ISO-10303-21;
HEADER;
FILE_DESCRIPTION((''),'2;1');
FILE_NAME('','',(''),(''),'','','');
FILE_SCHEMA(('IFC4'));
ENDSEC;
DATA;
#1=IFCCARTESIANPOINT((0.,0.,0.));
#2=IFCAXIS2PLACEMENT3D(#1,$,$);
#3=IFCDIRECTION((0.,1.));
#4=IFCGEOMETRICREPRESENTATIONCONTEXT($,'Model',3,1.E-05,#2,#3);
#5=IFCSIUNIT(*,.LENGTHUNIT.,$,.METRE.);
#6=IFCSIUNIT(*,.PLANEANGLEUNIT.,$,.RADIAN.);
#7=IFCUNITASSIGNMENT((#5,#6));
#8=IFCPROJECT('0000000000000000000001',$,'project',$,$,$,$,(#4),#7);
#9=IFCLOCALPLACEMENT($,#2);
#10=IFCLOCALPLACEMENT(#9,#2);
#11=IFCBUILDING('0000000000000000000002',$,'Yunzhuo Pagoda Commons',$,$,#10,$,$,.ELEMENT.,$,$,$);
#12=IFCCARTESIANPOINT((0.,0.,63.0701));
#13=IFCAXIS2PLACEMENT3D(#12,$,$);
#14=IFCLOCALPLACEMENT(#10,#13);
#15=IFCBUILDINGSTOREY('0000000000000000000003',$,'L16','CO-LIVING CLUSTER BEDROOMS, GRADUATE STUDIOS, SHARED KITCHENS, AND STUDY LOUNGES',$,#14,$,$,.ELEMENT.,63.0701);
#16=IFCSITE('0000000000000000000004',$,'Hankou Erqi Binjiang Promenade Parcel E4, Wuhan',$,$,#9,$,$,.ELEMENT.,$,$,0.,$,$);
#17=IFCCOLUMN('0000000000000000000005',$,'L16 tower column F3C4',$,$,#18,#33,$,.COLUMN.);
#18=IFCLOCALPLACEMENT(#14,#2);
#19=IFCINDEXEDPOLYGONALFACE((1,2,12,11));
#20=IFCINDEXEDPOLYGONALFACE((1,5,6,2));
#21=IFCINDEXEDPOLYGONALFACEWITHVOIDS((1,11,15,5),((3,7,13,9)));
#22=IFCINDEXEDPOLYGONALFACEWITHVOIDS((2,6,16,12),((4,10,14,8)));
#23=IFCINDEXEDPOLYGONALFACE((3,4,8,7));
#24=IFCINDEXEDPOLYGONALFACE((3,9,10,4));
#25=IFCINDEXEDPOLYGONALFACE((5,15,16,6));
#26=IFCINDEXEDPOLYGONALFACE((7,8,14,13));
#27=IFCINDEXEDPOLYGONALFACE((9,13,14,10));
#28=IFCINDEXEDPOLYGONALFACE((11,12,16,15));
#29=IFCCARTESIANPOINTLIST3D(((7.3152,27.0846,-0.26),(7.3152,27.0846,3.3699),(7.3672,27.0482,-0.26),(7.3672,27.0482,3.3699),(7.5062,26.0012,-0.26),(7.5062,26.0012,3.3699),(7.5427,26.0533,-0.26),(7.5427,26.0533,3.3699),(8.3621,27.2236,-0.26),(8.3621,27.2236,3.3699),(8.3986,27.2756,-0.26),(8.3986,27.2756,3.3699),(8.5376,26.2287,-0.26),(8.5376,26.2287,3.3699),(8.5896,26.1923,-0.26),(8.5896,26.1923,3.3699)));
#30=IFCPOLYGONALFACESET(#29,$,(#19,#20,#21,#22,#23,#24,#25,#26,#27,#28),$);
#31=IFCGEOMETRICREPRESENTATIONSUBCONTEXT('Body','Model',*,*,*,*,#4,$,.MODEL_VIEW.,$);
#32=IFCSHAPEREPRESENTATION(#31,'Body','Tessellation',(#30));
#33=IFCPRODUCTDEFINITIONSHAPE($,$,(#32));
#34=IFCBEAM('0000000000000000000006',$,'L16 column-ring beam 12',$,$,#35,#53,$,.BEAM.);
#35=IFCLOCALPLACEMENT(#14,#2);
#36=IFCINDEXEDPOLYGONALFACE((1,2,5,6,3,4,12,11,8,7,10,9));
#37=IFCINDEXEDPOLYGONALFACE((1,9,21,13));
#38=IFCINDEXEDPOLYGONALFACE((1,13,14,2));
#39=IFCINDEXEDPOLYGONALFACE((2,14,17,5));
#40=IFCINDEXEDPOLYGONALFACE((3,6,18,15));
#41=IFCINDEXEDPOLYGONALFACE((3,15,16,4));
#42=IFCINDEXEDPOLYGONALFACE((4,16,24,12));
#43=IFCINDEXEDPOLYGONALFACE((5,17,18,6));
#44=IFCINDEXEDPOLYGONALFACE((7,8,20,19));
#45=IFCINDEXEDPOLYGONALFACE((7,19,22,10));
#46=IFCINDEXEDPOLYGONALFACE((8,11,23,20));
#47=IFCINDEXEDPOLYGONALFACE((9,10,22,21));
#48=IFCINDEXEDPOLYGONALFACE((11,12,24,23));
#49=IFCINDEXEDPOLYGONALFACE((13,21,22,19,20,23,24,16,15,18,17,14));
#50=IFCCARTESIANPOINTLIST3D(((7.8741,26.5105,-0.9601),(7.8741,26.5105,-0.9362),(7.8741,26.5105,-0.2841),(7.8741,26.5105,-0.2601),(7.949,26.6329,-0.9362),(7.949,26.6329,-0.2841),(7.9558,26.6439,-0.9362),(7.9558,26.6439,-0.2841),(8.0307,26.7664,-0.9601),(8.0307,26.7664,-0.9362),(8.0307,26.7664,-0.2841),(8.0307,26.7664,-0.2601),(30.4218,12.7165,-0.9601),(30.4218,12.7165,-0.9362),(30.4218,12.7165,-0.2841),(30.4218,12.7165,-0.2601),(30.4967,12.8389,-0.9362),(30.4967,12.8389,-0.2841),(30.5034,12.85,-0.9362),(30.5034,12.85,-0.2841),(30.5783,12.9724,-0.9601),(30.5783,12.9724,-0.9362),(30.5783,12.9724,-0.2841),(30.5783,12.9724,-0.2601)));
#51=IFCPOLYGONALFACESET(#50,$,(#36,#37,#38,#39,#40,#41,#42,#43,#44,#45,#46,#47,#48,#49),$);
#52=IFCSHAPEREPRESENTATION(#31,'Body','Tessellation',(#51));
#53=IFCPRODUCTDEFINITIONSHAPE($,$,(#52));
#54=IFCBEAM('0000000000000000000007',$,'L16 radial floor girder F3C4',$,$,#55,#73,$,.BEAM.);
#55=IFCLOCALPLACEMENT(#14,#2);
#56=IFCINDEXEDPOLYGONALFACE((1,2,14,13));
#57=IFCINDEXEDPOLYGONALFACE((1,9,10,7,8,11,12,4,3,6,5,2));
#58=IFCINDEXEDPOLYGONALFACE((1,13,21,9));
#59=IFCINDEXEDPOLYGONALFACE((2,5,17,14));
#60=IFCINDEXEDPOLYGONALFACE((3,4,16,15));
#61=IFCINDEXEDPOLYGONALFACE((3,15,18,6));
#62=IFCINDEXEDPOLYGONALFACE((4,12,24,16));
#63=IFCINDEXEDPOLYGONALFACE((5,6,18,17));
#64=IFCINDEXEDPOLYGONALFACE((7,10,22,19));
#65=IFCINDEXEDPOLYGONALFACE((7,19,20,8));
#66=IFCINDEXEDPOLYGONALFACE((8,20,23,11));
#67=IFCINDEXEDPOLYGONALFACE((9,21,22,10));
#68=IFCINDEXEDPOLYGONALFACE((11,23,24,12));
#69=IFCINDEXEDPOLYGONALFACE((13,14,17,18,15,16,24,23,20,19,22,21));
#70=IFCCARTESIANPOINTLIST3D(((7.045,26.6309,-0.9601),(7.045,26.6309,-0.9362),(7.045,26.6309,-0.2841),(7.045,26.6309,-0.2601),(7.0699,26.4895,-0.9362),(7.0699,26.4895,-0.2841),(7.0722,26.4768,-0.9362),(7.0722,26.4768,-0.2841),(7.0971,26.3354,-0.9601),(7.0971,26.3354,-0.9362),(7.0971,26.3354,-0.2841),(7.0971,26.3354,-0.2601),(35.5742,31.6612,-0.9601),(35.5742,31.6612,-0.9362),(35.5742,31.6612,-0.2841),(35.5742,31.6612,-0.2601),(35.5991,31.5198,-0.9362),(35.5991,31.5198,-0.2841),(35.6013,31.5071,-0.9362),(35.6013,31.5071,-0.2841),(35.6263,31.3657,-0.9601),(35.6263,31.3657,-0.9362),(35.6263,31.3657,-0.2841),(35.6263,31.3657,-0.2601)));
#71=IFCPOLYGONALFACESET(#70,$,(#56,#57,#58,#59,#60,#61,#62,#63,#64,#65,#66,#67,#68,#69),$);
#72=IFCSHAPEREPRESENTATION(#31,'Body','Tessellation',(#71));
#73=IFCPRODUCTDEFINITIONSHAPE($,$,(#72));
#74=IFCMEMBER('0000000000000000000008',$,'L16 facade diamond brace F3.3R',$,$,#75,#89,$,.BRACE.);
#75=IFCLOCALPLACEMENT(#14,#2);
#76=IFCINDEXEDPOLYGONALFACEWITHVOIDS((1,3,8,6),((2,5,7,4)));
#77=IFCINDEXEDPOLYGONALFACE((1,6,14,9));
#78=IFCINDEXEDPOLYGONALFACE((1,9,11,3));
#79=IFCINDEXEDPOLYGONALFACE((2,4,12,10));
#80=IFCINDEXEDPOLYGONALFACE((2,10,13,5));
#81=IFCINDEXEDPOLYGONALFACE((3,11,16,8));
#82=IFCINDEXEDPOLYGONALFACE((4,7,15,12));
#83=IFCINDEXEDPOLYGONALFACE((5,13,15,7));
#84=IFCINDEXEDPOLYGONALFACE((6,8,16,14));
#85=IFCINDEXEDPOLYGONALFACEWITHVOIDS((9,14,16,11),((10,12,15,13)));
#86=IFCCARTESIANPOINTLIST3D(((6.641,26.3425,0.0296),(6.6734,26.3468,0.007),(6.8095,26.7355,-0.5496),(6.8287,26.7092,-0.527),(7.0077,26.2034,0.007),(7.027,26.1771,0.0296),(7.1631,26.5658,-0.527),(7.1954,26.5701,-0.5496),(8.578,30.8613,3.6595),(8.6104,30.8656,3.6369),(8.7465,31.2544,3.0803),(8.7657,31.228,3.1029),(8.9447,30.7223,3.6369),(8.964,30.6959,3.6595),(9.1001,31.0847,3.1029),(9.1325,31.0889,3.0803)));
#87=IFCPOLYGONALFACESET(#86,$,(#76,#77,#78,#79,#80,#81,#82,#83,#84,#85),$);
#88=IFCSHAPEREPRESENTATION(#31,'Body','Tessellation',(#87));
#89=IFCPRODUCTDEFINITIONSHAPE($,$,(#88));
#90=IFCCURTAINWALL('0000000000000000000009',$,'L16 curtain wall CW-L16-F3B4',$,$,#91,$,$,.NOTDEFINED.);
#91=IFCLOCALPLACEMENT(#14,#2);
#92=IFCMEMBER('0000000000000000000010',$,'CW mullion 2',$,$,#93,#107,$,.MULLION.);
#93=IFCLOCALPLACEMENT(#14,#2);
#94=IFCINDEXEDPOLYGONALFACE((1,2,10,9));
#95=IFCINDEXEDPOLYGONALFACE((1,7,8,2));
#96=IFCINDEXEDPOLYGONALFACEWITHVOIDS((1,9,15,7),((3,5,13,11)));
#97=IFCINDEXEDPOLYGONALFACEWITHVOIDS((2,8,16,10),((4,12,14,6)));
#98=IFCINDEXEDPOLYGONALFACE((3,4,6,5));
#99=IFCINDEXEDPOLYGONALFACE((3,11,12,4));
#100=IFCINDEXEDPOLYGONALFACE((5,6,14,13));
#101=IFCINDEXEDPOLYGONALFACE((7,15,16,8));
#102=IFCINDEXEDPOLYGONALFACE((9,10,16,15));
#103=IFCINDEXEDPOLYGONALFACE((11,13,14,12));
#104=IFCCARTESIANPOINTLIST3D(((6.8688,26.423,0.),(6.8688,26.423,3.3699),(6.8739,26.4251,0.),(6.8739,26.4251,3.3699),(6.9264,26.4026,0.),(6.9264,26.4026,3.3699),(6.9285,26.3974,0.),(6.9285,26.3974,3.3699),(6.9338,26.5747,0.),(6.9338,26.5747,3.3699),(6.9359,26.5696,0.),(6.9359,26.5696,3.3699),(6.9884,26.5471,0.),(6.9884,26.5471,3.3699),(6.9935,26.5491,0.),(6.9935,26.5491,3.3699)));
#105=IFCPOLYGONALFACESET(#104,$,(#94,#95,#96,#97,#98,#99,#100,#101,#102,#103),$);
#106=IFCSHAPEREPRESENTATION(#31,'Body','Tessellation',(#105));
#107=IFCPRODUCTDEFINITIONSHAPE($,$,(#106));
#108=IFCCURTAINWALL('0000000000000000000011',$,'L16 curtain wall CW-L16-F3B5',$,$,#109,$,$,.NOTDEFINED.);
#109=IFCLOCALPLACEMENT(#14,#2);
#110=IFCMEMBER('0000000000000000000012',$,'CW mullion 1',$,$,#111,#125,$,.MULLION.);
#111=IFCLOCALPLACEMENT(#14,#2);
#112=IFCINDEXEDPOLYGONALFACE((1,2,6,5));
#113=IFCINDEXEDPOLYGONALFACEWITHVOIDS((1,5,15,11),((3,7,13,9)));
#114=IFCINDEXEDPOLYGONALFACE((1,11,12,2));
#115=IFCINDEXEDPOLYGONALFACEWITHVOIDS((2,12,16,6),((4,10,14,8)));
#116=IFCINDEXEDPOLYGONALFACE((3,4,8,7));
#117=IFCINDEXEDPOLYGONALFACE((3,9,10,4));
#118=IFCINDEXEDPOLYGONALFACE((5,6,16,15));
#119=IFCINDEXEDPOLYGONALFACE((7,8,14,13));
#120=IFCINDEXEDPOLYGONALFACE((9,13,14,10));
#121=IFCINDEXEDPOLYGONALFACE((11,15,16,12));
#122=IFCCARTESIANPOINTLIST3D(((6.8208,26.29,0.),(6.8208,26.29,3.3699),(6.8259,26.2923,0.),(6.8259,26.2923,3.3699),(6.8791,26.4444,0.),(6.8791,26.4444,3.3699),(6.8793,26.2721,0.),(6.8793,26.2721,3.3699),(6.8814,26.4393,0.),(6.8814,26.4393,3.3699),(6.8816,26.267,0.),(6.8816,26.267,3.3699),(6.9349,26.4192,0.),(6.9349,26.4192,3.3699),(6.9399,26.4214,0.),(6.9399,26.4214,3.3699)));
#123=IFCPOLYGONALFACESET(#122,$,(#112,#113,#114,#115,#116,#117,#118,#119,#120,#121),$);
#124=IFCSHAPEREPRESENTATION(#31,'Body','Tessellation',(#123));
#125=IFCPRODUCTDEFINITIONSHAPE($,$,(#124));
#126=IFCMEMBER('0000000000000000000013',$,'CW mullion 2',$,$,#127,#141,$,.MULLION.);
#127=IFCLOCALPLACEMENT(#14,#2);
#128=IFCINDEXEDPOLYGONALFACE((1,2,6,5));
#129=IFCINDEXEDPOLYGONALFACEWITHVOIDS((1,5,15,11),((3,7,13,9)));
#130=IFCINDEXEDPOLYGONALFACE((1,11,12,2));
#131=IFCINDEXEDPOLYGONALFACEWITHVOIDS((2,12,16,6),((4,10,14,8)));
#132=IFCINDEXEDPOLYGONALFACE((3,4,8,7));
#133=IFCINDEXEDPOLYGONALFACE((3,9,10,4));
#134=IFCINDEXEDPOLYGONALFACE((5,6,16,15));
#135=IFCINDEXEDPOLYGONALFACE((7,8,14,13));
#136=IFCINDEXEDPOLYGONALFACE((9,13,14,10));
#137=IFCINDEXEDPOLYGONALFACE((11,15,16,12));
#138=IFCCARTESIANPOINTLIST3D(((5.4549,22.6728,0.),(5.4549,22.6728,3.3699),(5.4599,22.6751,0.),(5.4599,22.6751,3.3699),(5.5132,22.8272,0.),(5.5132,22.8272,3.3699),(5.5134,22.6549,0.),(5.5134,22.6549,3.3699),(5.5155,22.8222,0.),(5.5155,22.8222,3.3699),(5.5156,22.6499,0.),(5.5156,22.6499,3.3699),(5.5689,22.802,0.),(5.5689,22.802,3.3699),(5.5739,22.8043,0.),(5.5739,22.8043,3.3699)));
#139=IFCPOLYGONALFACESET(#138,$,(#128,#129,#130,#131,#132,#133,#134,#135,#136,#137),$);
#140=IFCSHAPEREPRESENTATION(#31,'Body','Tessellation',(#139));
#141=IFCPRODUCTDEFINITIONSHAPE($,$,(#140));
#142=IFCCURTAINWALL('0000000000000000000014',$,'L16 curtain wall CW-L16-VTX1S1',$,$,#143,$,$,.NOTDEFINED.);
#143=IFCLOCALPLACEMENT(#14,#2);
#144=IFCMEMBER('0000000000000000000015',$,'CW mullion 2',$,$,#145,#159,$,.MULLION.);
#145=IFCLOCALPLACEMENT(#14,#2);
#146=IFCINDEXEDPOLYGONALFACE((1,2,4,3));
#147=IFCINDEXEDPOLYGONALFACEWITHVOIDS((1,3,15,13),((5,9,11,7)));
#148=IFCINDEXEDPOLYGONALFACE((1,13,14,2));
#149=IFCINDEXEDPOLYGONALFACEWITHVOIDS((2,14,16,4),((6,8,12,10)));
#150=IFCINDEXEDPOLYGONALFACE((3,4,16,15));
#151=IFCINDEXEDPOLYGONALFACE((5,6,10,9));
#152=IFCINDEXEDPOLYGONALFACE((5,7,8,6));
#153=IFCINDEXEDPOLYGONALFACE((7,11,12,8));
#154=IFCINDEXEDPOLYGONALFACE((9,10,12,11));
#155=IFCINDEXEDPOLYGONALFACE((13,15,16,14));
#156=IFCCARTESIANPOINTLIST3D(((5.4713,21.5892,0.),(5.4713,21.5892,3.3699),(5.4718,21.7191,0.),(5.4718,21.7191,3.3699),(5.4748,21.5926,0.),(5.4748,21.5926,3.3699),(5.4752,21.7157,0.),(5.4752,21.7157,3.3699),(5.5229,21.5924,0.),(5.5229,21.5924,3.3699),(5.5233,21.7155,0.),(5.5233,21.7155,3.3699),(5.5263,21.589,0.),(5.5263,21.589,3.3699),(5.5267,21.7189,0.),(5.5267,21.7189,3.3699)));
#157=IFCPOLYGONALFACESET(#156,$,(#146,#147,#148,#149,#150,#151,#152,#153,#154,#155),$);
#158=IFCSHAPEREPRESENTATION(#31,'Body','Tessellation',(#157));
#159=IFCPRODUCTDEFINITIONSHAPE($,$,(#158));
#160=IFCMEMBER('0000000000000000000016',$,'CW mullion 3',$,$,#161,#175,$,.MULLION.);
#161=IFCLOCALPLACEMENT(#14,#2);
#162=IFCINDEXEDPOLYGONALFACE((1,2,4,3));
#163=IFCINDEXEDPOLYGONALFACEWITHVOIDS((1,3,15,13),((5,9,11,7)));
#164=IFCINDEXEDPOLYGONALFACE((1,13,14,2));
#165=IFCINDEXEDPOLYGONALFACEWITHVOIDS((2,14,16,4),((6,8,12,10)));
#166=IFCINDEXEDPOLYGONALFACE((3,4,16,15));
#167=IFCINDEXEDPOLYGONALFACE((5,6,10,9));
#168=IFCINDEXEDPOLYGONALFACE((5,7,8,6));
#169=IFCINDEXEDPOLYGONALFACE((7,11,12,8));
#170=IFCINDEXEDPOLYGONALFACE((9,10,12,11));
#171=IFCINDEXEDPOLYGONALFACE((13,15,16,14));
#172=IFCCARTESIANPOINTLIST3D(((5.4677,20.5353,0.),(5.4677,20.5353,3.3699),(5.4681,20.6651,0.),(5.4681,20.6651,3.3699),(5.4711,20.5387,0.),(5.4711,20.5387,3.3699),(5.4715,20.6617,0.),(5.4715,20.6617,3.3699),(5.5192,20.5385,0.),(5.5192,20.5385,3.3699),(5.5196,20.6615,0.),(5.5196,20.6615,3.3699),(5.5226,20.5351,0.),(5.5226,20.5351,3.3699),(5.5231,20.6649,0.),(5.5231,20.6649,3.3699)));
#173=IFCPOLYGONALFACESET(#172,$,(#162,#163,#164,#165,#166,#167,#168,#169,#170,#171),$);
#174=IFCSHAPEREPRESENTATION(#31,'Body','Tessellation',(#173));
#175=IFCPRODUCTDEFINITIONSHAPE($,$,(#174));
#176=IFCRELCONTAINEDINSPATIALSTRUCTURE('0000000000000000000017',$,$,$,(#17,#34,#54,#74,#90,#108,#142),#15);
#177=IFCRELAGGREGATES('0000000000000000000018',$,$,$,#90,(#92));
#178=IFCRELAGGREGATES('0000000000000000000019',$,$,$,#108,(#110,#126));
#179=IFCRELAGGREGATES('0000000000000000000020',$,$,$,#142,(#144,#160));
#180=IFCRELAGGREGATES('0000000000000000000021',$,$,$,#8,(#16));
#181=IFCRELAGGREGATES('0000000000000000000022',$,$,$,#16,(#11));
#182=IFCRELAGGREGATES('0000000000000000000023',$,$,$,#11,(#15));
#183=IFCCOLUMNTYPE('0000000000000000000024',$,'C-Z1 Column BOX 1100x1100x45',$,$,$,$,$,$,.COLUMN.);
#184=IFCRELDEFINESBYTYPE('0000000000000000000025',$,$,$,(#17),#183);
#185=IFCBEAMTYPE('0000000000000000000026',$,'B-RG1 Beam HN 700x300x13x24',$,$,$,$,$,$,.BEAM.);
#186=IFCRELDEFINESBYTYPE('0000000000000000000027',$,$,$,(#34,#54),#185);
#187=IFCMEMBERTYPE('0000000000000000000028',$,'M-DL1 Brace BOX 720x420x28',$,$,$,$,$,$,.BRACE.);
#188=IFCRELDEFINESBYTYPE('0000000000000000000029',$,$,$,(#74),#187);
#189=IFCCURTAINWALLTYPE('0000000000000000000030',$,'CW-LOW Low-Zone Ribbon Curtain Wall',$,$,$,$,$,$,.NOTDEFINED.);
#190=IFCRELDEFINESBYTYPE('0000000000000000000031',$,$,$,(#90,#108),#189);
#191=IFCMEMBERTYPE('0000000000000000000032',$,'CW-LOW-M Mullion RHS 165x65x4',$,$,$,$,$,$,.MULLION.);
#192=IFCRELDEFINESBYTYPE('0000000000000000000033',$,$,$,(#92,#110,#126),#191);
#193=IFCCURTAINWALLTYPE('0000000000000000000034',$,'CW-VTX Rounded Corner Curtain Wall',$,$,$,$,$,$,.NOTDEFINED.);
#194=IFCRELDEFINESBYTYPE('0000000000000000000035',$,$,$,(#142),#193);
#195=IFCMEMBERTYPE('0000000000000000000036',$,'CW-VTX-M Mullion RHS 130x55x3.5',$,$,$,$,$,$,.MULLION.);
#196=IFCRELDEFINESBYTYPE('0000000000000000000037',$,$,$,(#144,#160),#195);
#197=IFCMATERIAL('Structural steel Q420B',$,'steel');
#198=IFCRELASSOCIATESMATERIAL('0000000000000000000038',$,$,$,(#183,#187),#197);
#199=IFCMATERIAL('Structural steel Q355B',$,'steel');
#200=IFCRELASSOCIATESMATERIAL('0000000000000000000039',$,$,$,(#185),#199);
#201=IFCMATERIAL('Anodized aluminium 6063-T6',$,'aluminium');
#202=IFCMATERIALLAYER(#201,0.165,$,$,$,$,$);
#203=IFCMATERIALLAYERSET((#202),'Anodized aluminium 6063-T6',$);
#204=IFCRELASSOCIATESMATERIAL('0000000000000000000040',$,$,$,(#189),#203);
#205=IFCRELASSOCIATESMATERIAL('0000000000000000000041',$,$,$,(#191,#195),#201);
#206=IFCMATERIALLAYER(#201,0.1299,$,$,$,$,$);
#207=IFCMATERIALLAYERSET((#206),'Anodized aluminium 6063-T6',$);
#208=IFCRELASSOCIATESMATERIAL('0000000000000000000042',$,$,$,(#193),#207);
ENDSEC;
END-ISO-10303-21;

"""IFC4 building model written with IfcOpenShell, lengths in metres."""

from ifc_helpers import new_model, si_unit, direction, frame, origin, origin_2d, place, context, subcontext, project, spatial, hollow_rectangle, i_section, extrude, source, transform, mapped, material, layer, layer_set, material_profile, profile_set, type_object, element, aggregate, save


model = new_model("IFC4")

# Units and contexts
model_context = context("Model", 3, precision=1e-05, world=origin(), true_north=direction((0.0, 1.0)))
body_context = subcontext(model_context, "Body", "Model", "MODEL_VIEW")
ifc_project = project(units=[si_unit("LENGTHUNIT", "METRE"), si_unit("PLANEANGLEUNIT", "RADIAN")], contexts=[model_context])

# Site, building, storey
site_placement = place(None, origin())
site = spatial("IfcSite", under=ifc_project, at=site_placement, Name="Hankou Erqi Binjiang Promenade Parcel E4, Wuhan", CompositionType="ELEMENT", RefElevation=0.0)
building_placement = place(site_placement, origin())
building = spatial("IfcBuilding", under=site, at=building_placement, Name="Yunzhuo Pagoda Commons", CompositionType="ELEMENT")
storey_placement = place(building_placement, frame((0.0, 0.0, 63.0701)))
storey = spatial("IfcBuildingStorey", under=building, at=storey_placement, Name="L16", Description="CO-LIVING CLUSTER BEDROOMS, GRADUATE STUDIOS, SHARED KITCHENS, AND STUDY LOUNGES", CompositionType="ELEMENT", Elevation=63.0701)

# Column
ifc_material_1 = material(Name="Structural steel Q420B", Category="steel")
ifc_material_profile_1 = material_profile(ifc_material_1, hollow_rectangle(XDim=1.1001, YDim=1.1001, WallThickness=0.0449, at=origin_2d()), Name="Structural steel Q420B")
ifc_profile_set_1 = profile_set([ifc_material_profile_1], Name="Structural steel Q420B")
column_type = type_object("IfcColumnType", Name="C-Z1 Column BOX 1100x1100x45", PredefinedType="COLUMN", material=ifc_profile_set_1)
shared_shape_1 = source(origin(), body_context, "Body", "SweptSolid", [
    extrude(hollow_rectangle(XDim=1.1001, YDim=1.1001, WallThickness=0.0449, at=origin_2d()), origin(), (0.0, 0.0, 1.0), 3.6299),
])
column_placement = place(storey_placement, frame((7.9524, 26.6384, -0.26), z_axis=(0.0, 0.0, 1.0), x_axis=(0.173648, -0.984808, 0.0)))
element("IfcColumn", 1, at=column_placement, inside=storey, type_object=column_type, Name="L16 tower column F3C4", PredefinedType="COLUMN", context=body_context, shape_type="MappedRepresentation", body=[
    mapped(shared_shape_1, transform((0.0, 0.0, 0.0), scale=1.0)),
])

# Beams
ifc_material_2 = material(Name="Structural steel Q355B", Category="steel")
ifc_material_profile_2 = material_profile(ifc_material_2, i_section(OverallWidth=0.3, OverallDepth=0.7, WebThickness=0.0129, FlangeThickness=0.0239, at=origin_2d()), Name="Structural steel Q355B")
ifc_profile_set_2 = profile_set([ifc_material_profile_2], Name="Structural steel Q355B")
beam_type = type_object("IfcBeamType", Name="B-RG1 Beam HN 700x300x13x24", PredefinedType="BEAM", material=ifc_profile_set_2)
shared_shape_2 = source(origin(), body_context, "Body", "SweptSolid", [
    extrude(i_section(OverallWidth=0.3, OverallDepth=0.7, WebThickness=0.0129, FlangeThickness=0.0239, at=origin_2d()), origin(), (0.0, 0.0, 1.0), 26.4324),
])
beam_1_placement = place(storey_placement, frame((7.9524, 26.6384, -0.6101), z_axis=(0.853032, -0.521859, 0.0), x_axis=(0.521859, 0.853032, 0.0)))
element("IfcBeam", 2, at=beam_1_placement, inside=storey, type_object=beam_type, Name="L16 column-ring beam 12", PredefinedType="BEAM", context=body_context, shape_type="MappedRepresentation", body=[
    mapped(shared_shape_2, transform((0.0, 0.0, 0.0), scale=1.0)),
])
shared_shape_3 = source(origin(), body_context, "Body", "SweptSolid", [
    extrude(i_section(OverallWidth=0.3, OverallDepth=0.7, WebThickness=0.0129, FlangeThickness=0.0239, at=origin_2d()), origin(), (0.0, 0.0, 1.0), 28.9692),
])
beam_2_placement = place(storey_placement, frame((7.071, 26.4832, -0.6101), z_axis=(0.984809, 0.173643, 0.0), x_axis=(-0.173643, 0.984809, 0.0)))
element("IfcBeam", 3, at=beam_2_placement, inside=storey, type_object=beam_type, Name="L16 radial floor girder F3C4", PredefinedType="BEAM", context=body_context, shape_type="MappedRepresentation", body=[
    mapped(shared_shape_3, transform((0.0, 0.0, 0.0), scale=1.0)),
])

# Member
ifc_material_profile_3 = material_profile(ifc_material_1, hollow_rectangle(XDim=0.4199, YDim=0.72, WallThickness=0.0281, at=origin_2d()), Name="Structural steel Q420B")
ifc_profile_set_3 = profile_set([ifc_material_profile_3], Name="Structural steel Q420B")
member_type_1 = type_object("IfcMemberType", Name="M-DL1 Brace BOX 720x420x28", PredefinedType="BRACE", material=ifc_profile_set_3)
shared_shape_4 = source(origin(), body_context, "Body", "SweptSolid", [
    extrude(hollow_rectangle(XDim=0.4199, YDim=0.72, WallThickness=0.0281, at=origin_2d()), origin(), (0.0, 0.0, 1.0), 6.1113),
])
member_1_placement = place(storey_placement, frame((6.9182, 26.4563, -0.26), z_axis=(0.316957, 0.739421, 0.593965), x_axis=(-0.919117, 0.393985, 0.0)))
element("IfcMember", 4, at=member_1_placement, inside=storey, type_object=member_type_1, Name="L16 facade diamond brace F3.3R", PredefinedType="BRACE", context=body_context, shape_type="MappedRepresentation", body=[
    mapped(shared_shape_4, transform((0.0, 0.0, 0.0), scale=1.0)),
])

# Curtain wall, member
ifc_material_3 = material(Name="Anodized aluminium 6063-T6", Category="aluminium")
ifc_layer_1 = layer(ifc_material_3, 0.165)
ifc_layer_set_1 = layer_set([ifc_layer_1], Name="Anodized aluminium 6063-T6")
curtain_wall_type_1 = type_object("IfcCurtainWallType", Name="CW-LOW Low-Zone Ribbon Curtain Wall", PredefinedType="NOTDEFINED", material=ifc_layer_set_1)
curtain_wall_1_placement = place(storey_placement, origin())
curtain_wall_1 = element("IfcCurtainWall", 5, at=curtain_wall_1_placement, inside=storey, type_object=curtain_wall_type_1, Name="L16 curtain wall CW-L16-F3B4", PredefinedType="NOTDEFINED")
ifc_material_profile_4 = material_profile(ifc_material_3, hollow_rectangle(XDim=0.0649, YDim=0.165, WallThickness=0.0039, at=origin_2d()), Name="Anodized aluminium 6063-T6")
ifc_profile_set_4 = profile_set([ifc_material_profile_4], Name="Anodized aluminium 6063-T6")
member_type_2 = type_object("IfcMemberType", Name="CW-LOW-M Mullion RHS 165x65x4", PredefinedType="MULLION", material=ifc_profile_set_4)
shared_shape_5 = source(origin(), body_context, "Body", "SweptSolid", [
    extrude(hollow_rectangle(XDim=0.0649, YDim=0.165, WallThickness=0.0039, at=origin_2d()), origin(), (0.0, 0.0, 1.0), 3.3699),
])
member_2_placement = place(storey_placement, frame((6.9312, 26.4861, 0.0), z_axis=(0.0, 0.0, 1.0), x_axis=(0.919121, -0.393975, 0.0)))
member_2 = element("IfcMember", 6, at=member_2_placement, type_object=member_type_2, Name="CW mullion 2", PredefinedType="MULLION", context=body_context, shape_type="MappedRepresentation", body=[
    mapped(shared_shape_5, transform((0.0, 0.0, 0.0), scale=1.0)),
])
aggregate(curtain_wall_1, [member_2])

# Curtain walls, members
curtain_wall_2_placement = place(storey_placement, origin())
curtain_wall_2 = element("IfcCurtainWall", 7, at=curtain_wall_2_placement, inside=storey, type_object=curtain_wall_type_1, Name="L16 curtain wall CW-L16-F3B5", PredefinedType="NOTDEFINED")
member_3_placement = place(storey_placement, frame((6.8804, 26.3557, 0.0), z_axis=(0.0, 0.0, 1.0), x_axis=(0.935513, -0.353291, 0.0)))
member_3 = element("IfcMember", 8, at=member_3_placement, type_object=member_type_2, Name="CW mullion 1", PredefinedType="MULLION", context=body_context, shape_type="MappedRepresentation", body=[
    mapped(shared_shape_5, transform((0.0, 0.0, 0.0), scale=1.0)),
])
member_4_placement = place(storey_placement, frame((5.5144, 22.7385, 0.0), z_axis=(0.0, 0.0, 1.0), x_axis=(0.935513, -0.353291, 0.0)))
member_4 = element("IfcMember", 9, at=member_4_placement, type_object=member_type_2, Name="CW mullion 2", PredefinedType="MULLION", context=body_context, shape_type="MappedRepresentation", body=[
    mapped(shared_shape_5, transform((0.0, 0.0, 0.0), scale=1.0)),
])
ifc_layer_2 = layer(ifc_material_3, 0.1299)
ifc_layer_set_2 = layer_set([ifc_layer_2], Name="Anodized aluminium 6063-T6")
curtain_wall_type_2 = type_object("IfcCurtainWallType", Name="CW-VTX Rounded Corner Curtain Wall", PredefinedType="NOTDEFINED", material=ifc_layer_set_2)
curtain_wall_3_placement = place(storey_placement, origin())
curtain_wall_3 = element("IfcCurtainWall", 10, at=curtain_wall_3_placement, inside=storey, type_object=curtain_wall_type_2, Name="L16 curtain wall CW-L16-VTX1S1", PredefinedType="NOTDEFINED")
ifc_material_profile_5 = material_profile(ifc_material_3, hollow_rectangle(XDim=0.0549, YDim=0.1299, WallThickness=0.0034, at=origin_2d()), Name="Anodized aluminium 6063-T6")
ifc_profile_set_5 = profile_set([ifc_material_profile_5], Name="Anodized aluminium 6063-T6")
member_type_3 = type_object("IfcMemberType", Name="CW-VTX-M Mullion RHS 130x55x3.5", PredefinedType="MULLION", material=ifc_profile_set_5)
shared_shape_6 = source(origin(), body_context, "Body", "SweptSolid", [
    extrude(hollow_rectangle(XDim=0.0549, YDim=0.1299, WallThickness=0.0034, at=origin_2d()), origin(), (0.0, 0.0, 1.0), 3.3699),
])
member_5_placement = place(storey_placement, frame((5.499, 21.6541, 0.0), z_axis=(0.0, 0.0, 1.0), x_axis=(0.999994, -0.003586, 0.0)))
member_5 = element("IfcMember", 11, at=member_5_placement, type_object=member_type_3, Name="CW mullion 2", PredefinedType="MULLION", context=body_context, shape_type="MappedRepresentation", body=[
    mapped(shared_shape_6, transform((0.0, 0.0, 0.0), scale=1.0)),
])
member_6_placement = place(storey_placement, frame((5.4954, 20.6001, 0.0), z_axis=(0.0, 0.0, 1.0), x_axis=(0.999994, -0.003586, 0.0)))
member_6 = element("IfcMember", 12, at=member_6_placement, type_object=member_type_3, Name="CW mullion 3", PredefinedType="MULLION", context=body_context, shape_type="MappedRepresentation", body=[
    mapped(shared_shape_6, transform((0.0, 0.0, 0.0), scale=1.0)),
])

aggregate(curtain_wall_2, [member_3, member_4])
aggregate(curtain_wall_3, [member_5, member_6])

save(model, "model.ifc")
